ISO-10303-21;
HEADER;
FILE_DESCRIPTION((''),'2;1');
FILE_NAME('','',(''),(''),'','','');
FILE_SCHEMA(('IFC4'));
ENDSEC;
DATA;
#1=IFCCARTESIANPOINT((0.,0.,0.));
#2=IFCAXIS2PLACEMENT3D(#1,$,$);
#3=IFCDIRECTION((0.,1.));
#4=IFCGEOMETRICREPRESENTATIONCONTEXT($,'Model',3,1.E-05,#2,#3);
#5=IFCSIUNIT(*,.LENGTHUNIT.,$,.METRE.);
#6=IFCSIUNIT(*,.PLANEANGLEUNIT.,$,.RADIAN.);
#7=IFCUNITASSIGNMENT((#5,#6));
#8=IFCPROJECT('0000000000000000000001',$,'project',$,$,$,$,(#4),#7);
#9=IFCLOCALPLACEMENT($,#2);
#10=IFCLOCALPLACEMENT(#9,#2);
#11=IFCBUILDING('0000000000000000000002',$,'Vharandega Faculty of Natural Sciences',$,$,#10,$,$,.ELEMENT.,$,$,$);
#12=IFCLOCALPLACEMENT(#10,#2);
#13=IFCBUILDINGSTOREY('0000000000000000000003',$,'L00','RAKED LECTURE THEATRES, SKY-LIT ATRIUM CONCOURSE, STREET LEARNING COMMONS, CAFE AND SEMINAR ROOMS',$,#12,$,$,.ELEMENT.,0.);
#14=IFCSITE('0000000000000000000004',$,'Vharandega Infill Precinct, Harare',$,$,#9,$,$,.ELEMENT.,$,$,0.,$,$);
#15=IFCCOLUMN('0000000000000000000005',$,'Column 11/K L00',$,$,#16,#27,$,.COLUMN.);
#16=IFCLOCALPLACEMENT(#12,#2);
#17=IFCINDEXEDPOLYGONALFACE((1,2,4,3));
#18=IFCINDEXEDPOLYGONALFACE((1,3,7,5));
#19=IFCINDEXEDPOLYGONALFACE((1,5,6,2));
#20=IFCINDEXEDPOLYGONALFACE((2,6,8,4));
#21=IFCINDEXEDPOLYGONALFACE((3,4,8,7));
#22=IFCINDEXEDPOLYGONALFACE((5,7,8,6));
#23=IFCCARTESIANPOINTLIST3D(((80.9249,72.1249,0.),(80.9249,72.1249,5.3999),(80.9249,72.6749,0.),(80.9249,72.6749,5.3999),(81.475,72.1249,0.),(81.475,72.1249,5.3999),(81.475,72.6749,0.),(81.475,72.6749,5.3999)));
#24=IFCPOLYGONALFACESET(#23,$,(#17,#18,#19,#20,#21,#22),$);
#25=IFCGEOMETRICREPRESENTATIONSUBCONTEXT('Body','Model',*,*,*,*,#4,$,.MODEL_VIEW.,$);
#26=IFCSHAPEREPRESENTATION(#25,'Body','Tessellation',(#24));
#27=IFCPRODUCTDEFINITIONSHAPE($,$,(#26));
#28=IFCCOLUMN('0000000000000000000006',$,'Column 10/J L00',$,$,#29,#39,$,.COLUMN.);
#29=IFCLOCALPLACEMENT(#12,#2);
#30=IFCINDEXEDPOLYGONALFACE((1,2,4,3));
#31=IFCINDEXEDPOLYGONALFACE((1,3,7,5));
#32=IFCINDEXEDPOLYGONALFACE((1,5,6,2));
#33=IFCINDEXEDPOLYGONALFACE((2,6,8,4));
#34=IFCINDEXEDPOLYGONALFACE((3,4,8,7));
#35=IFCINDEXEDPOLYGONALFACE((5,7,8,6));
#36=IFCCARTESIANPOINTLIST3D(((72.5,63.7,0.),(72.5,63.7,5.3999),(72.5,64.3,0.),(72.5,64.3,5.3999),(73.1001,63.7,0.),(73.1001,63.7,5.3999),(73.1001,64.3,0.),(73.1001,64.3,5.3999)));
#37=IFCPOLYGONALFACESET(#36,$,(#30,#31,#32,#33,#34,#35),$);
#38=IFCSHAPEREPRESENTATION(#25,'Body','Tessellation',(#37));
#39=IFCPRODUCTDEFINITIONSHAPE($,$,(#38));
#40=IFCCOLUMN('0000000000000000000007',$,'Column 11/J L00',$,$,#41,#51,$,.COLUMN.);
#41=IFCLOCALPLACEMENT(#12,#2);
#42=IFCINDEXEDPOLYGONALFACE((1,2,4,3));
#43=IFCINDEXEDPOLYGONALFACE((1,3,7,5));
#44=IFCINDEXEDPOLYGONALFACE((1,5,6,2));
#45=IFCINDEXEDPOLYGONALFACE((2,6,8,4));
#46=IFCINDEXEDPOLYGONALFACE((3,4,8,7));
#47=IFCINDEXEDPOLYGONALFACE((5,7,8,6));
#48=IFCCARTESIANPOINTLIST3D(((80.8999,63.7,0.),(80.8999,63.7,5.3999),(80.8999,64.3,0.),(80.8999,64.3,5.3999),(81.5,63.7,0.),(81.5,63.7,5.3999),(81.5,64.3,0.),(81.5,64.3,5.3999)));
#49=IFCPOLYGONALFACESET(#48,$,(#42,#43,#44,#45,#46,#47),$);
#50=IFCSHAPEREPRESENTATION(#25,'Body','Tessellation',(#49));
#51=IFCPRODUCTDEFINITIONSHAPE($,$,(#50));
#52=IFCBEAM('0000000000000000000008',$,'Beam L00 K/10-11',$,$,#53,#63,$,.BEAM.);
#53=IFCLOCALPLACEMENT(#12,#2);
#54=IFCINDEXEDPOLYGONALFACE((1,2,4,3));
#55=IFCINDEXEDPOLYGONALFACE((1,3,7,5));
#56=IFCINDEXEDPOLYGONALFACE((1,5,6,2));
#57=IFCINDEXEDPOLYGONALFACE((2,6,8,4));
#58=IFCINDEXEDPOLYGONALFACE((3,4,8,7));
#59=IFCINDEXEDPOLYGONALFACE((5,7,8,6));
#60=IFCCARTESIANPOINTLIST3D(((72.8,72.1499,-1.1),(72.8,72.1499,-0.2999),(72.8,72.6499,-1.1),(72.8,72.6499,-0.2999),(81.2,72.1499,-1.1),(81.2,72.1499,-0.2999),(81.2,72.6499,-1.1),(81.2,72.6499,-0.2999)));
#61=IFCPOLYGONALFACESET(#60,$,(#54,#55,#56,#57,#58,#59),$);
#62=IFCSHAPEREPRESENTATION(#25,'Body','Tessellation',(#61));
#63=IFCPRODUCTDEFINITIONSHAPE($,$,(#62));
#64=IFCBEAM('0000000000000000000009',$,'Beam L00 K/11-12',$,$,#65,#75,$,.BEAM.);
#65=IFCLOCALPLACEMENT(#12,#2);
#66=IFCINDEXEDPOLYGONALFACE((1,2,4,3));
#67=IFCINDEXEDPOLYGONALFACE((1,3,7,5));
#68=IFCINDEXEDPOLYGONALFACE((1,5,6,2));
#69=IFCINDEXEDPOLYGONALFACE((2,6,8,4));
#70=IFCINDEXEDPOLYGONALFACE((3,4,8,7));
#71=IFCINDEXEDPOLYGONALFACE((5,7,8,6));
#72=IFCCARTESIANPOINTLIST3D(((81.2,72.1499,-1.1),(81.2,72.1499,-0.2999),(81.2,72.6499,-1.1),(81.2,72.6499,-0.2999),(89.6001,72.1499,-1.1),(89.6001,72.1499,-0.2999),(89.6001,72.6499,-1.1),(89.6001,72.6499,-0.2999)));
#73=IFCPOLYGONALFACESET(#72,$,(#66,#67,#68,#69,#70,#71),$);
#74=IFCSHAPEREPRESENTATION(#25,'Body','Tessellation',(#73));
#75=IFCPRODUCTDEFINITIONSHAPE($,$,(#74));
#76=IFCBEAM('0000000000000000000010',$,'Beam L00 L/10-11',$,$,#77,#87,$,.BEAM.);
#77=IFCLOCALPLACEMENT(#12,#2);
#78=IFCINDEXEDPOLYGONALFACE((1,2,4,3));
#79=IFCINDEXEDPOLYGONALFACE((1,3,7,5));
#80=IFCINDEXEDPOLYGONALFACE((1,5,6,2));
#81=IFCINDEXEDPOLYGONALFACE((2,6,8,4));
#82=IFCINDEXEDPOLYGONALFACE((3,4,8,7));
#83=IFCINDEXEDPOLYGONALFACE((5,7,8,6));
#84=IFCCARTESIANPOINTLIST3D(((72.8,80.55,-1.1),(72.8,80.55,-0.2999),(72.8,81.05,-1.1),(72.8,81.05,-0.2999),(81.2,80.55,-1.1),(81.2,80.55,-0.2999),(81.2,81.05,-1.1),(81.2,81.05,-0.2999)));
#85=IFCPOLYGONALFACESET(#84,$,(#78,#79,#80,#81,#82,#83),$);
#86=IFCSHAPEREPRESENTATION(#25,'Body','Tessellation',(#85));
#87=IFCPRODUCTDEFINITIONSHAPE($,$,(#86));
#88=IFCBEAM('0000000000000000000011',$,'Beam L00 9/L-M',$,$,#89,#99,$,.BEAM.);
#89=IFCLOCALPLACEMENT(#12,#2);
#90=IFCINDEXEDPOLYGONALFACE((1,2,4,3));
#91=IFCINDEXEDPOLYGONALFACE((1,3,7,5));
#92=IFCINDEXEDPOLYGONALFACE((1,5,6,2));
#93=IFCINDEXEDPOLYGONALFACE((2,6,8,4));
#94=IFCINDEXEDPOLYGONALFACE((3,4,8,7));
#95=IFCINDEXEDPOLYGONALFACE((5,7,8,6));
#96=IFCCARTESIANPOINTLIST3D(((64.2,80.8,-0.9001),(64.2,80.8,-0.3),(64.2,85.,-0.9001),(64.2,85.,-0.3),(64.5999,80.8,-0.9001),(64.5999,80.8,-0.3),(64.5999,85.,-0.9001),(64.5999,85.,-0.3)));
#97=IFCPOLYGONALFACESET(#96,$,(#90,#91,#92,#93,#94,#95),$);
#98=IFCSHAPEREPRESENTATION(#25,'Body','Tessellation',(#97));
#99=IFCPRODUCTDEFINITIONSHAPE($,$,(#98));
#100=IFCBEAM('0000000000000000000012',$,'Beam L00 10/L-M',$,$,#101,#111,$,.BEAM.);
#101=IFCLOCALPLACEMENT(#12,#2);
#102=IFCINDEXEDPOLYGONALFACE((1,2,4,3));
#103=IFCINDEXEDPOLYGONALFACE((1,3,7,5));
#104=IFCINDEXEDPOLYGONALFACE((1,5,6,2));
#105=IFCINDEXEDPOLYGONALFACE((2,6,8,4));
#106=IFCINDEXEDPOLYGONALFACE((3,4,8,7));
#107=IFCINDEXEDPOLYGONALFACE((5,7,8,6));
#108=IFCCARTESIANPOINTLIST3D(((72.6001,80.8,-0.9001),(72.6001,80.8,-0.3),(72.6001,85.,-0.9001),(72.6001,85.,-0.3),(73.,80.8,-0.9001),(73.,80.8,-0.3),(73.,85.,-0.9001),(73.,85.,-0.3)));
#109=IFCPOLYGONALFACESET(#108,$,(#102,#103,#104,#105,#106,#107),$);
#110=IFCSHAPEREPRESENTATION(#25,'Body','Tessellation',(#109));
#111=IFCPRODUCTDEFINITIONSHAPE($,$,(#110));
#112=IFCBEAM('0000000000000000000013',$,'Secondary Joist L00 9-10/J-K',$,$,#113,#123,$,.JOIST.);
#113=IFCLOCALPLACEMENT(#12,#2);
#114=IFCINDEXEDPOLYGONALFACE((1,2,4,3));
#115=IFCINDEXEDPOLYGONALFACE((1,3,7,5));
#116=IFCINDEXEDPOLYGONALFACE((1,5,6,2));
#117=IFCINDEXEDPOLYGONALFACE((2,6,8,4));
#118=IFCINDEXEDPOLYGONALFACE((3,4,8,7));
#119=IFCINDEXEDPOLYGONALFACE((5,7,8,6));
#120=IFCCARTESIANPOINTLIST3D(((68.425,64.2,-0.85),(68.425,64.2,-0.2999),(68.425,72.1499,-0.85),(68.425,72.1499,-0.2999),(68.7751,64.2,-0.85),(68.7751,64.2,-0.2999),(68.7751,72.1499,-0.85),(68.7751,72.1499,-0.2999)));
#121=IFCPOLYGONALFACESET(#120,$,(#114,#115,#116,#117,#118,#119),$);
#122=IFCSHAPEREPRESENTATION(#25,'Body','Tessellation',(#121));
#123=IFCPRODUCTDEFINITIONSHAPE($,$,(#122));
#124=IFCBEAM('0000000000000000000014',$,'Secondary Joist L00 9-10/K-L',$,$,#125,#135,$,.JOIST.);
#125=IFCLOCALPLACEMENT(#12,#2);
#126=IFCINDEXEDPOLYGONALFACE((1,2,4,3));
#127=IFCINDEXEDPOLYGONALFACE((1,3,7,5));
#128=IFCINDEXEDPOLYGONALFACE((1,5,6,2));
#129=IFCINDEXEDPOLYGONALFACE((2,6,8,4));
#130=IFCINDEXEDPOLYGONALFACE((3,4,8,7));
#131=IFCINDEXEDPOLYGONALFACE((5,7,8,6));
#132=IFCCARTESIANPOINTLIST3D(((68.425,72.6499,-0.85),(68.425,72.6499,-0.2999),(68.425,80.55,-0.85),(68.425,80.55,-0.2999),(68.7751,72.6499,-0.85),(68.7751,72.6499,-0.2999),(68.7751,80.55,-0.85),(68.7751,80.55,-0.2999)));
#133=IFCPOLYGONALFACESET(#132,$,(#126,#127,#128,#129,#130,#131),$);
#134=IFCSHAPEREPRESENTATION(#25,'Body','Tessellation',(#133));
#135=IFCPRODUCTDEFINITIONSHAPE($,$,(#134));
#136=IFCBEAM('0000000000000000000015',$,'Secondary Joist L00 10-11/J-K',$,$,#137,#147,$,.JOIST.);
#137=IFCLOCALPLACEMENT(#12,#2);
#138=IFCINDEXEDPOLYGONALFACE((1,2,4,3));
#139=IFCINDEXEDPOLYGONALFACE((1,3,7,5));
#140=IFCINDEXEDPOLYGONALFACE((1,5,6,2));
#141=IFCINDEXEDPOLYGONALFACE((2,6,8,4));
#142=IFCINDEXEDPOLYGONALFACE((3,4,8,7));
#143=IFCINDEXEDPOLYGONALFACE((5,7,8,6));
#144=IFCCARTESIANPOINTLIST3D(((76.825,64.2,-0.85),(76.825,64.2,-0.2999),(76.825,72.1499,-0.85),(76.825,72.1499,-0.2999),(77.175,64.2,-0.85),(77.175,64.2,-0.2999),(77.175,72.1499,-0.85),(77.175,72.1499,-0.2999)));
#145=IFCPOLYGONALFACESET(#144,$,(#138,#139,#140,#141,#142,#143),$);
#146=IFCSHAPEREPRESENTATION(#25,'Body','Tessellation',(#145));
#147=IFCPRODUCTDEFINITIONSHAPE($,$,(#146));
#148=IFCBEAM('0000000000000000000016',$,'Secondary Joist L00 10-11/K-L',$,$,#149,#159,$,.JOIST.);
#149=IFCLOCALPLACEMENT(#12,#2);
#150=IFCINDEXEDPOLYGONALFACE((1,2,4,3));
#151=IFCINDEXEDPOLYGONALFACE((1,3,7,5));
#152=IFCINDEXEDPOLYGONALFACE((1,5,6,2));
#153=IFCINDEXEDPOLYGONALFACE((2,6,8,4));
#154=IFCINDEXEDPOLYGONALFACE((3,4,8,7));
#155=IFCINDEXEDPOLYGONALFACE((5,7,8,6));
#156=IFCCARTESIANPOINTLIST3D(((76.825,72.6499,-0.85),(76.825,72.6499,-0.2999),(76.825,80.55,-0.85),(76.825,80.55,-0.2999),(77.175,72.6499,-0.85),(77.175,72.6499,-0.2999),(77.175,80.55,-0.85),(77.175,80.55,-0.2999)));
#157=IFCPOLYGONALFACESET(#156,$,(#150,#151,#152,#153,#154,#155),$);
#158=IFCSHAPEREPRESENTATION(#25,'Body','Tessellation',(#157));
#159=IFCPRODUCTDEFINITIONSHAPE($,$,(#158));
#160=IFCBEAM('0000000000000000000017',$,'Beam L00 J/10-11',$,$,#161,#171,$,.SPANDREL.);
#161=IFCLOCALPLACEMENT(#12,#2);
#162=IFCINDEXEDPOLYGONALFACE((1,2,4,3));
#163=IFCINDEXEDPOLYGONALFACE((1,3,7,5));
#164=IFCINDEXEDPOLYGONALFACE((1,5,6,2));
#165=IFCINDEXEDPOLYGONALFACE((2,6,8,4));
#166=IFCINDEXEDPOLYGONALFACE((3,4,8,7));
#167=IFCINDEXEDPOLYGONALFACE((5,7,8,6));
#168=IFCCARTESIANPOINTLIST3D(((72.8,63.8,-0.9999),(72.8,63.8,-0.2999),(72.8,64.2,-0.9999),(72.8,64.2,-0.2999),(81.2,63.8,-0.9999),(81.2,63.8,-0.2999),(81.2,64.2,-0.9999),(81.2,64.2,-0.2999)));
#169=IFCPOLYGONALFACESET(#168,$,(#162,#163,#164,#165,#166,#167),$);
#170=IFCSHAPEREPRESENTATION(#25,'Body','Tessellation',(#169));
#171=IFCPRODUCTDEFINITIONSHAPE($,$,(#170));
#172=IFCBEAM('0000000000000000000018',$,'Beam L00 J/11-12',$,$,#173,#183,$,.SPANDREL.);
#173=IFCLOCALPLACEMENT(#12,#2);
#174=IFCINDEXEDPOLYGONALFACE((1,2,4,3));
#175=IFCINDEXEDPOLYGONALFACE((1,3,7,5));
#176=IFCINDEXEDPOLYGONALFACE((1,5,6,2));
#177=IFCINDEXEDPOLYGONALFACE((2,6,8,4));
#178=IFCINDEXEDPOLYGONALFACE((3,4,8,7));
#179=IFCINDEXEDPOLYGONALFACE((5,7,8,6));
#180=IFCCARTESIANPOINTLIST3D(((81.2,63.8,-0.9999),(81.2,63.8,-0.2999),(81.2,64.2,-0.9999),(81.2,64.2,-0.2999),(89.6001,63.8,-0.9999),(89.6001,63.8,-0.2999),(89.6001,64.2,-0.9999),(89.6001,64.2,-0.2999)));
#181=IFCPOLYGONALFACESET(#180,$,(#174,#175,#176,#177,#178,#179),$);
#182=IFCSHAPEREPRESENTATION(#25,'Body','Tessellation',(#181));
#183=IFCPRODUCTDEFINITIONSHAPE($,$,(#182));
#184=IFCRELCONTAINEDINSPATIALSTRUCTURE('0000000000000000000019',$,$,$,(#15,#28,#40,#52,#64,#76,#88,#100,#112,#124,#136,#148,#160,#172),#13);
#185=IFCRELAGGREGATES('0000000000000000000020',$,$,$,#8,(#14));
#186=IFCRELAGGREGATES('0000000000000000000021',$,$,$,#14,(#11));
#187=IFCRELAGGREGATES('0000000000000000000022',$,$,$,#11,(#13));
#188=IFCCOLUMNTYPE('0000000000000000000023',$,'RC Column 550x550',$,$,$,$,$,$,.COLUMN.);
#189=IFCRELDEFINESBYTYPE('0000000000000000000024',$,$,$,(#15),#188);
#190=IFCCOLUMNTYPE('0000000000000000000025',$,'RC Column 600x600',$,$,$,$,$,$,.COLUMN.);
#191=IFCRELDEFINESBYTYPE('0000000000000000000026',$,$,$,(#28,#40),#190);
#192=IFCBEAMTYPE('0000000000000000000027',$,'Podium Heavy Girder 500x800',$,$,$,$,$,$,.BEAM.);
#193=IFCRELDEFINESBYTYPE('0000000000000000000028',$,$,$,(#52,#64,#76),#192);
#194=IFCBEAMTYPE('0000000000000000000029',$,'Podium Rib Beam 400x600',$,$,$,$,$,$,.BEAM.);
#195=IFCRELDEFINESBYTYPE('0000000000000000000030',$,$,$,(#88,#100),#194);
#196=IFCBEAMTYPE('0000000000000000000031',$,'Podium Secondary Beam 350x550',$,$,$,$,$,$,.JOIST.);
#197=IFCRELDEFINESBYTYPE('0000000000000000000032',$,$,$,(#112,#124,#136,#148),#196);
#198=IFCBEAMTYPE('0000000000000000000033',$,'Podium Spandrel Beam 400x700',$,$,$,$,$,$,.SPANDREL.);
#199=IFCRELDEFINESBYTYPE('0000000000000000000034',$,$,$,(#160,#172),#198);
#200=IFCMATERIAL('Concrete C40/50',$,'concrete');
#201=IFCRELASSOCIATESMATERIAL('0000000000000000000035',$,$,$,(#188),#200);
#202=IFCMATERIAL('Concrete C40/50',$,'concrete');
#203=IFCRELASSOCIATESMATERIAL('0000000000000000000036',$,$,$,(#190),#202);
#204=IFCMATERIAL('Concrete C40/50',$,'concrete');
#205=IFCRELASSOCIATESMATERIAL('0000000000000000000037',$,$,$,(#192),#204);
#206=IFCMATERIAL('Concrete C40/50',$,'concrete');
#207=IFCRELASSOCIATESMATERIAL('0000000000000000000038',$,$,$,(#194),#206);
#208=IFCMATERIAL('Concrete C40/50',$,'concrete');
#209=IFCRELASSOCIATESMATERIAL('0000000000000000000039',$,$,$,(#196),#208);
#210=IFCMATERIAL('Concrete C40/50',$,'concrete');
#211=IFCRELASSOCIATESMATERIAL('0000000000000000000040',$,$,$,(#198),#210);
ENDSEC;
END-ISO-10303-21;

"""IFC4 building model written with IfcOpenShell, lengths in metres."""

from ifc_helpers import new_model, si_unit, direction, frame, origin, origin_2d, place, context, subcontext, project, spatial, rectangle, extrude, material, material_profile, profile_set, type_object, element, save


model = new_model("IFC4")

# Units and contexts
model_context = context("Model", 3, precision=1e-05, world=origin(), true_north=direction((0.0, 1.0)))
body_context = subcontext(model_context, "Body", "Model", "MODEL_VIEW")
ifc_project = project(units=[si_unit("LENGTHUNIT", "METRE"), si_unit("PLANEANGLEUNIT", "RADIAN")], contexts=[model_context])

# Site, building, storey
site_placement = place(None, origin())
site = spatial("IfcSite", under=ifc_project, at=site_placement, Name="Vharandega Infill Precinct, Harare", CompositionType="ELEMENT", RefElevation=0.0)
building_placement = place(site_placement, origin())
building = spatial("IfcBuilding", under=site, at=building_placement, Name="Vharandega Faculty of Natural Sciences", CompositionType="ELEMENT")
storey_placement = place(building_placement, origin())
storey = spatial("IfcBuildingStorey", under=building, at=storey_placement, Name="L00", Description="RAKED LECTURE THEATRES, SKY-LIT ATRIUM CONCOURSE, STREET LEARNING COMMONS, CAFE AND SEMINAR ROOMS", CompositionType="ELEMENT", Elevation=0.0)

# Columns
ifc_material_1 = material(Name="Concrete C40/50", Category="concrete")
ifc_material_profile_1 = material_profile(ifc_material_1, rectangle(XDim=0.55, YDim=0.55, at=origin_2d()), Name="RC 550x550")
ifc_profile_set_1 = profile_set([ifc_material_profile_1], Name="Concrete C40/50")
column_type_1 = type_object("IfcColumnType", Name="RC Column 550x550", PredefinedType="COLUMN", material=ifc_profile_set_1)
column_placement = place(storey_placement, frame((81.2, 72.3999, 0.0), z_axis=(0.0, 0.0, 1.0), x_axis=(1.0, 0.0, 0.0)))
element("IfcColumn", 1, at=column_placement, inside=storey, type_object=column_type_1, Name="Column 11/K L00", PredefinedType="COLUMN", context=body_context, shape_type="SweptSolid", body=[
    extrude(rectangle(XDim=0.55, YDim=0.55, at=origin_2d()), origin(), (0.0, 0.0, 1.0), 5.3999),
])
ifc_material_2 = material(Name="Concrete C40/50", Category="concrete")
ifc_material_profile_2 = material_profile(ifc_material_2, rectangle(XDim=0.6001, YDim=0.6001, at=origin_2d()), Name="RC 600x600")
ifc_profile_set_2 = profile_set([ifc_material_profile_2], Name="Concrete C40/50")
column_type_2 = type_object("IfcColumnType", Name="RC Column 600x600", PredefinedType="COLUMN", material=ifc_profile_set_2)
for number, where, z_axis, x_axis, name in (
    (2, (72.8, 64.0, 0.0), (0.0, 0.0, 1.0), (1.0, 0.0, 0.0), "Column 10/J L00"),
    (3, (81.2, 64.0, 0.0), (0.0, 0.0, 1.0), (1.0, 0.0, 0.0), "Column 11/J L00"),
):
    element("IfcColumn", number, at=place(storey_placement, frame(where, z_axis=z_axis, x_axis=x_axis)), inside=storey, type_object=column_type_2, Name=name, PredefinedType="COLUMN", context=body_context, shape_type="SweptSolid", body=[
        extrude(rectangle(XDim=0.6001, YDim=0.6001, at=origin_2d()), origin(), (0.0, 0.0, 1.0), 5.3999),
    ])

# Beams
ifc_material_3 = material(Name="Concrete C40/50", Category="concrete")
ifc_material_profile_3 = material_profile(ifc_material_3, rectangle(XDim=0.5, YDim=0.8, at=origin_2d()), Name="RC 500x800")
ifc_profile_set_3 = profile_set([ifc_material_profile_3], Name="Concrete C40/50")
beam_type_1 = type_object("IfcBeamType", Name="Podium Heavy Girder 500x800", PredefinedType="BEAM", material=ifc_profile_set_3)
beam_1_placement = place(storey_placement, frame((72.8, 72.3999, -0.7), z_axis=(1.0, 0.0, 0.0), x_axis=(0.0, 1.0, 0.0)))
element("IfcBeam", 4, at=beam_1_placement, inside=storey, type_object=beam_type_1, Name="Beam L00 K/10-11", PredefinedType="BEAM", context=body_context, shape_type="SweptSolid", body=[
    extrude(rectangle(XDim=0.5, YDim=0.8, at=origin_2d()), origin(), (0.0, 0.0, 1.0), 8.3999),
])
beam_2_placement = place(storey_placement, frame((81.2, 72.3999, -0.7), z_axis=(1.0, 0.0, 0.0), x_axis=(0.0, 1.0, 0.0)))
element("IfcBeam", 5, at=beam_2_placement, inside=storey, type_object=beam_type_1, Name="Beam L00 K/11-12", PredefinedType="BEAM", context=body_context, shape_type="SweptSolid", body=[
    extrude(rectangle(XDim=0.5, YDim=0.8, at=origin_2d()), origin(), (0.0, 0.0, 1.0), 8.4001),
])
beam_3_placement = place(storey_placement, frame((72.8, 80.8, -0.7), z_axis=(1.0, 0.0, 0.0), x_axis=(0.0, 1.0, 0.0)))
element("IfcBeam", 6, at=beam_3_placement, inside=storey, type_object=beam_type_1, Name="Beam L00 L/10-11", PredefinedType="BEAM", context=body_context, shape_type="SweptSolid", body=[
    extrude(rectangle(XDim=0.5, YDim=0.8, at=origin_2d()), origin(), (0.0, 0.0, 1.0), 8.3999),
])
ifc_material_4 = material(Name="Concrete C40/50", Category="concrete")
ifc_material_profile_4 = material_profile(ifc_material_4, rectangle(XDim=0.3999, YDim=0.6001, at=origin_2d()), Name="RC 400x600")
ifc_profile_set_4 = profile_set([ifc_material_profile_4], Name="Concrete C40/50")
beam_type_2 = type_object("IfcBeamType", Name="Podium Rib Beam 400x600", PredefinedType="BEAM", material=ifc_profile_set_4)
for number, where, z_axis, x_axis, name in (
    (7, (64.3999, 80.8, -0.6001), (0.0, 1.0, 0.0), (-1.0, 0.0, 0.0), "Beam L00 9/L-M"),
    (8, (72.8, 80.8, -0.6001), (0.0, 1.0, 0.0), (-1.0, 0.0, 0.0), "Beam L00 10/L-M"),
):
    element("IfcBeam", number, at=place(storey_placement, frame(where, z_axis=z_axis, x_axis=x_axis)), inside=storey, type_object=beam_type_2, Name=name, PredefinedType="BEAM", context=body_context, shape_type="SweptSolid", body=[
        extrude(rectangle(XDim=0.3999, YDim=0.6001, at=origin_2d()), origin(), (0.0, 0.0, 1.0), 4.2),
    ])
ifc_material_5 = material(Name="Concrete C40/50", Category="concrete")
ifc_material_profile_5 = material_profile(ifc_material_5, rectangle(XDim=0.3501, YDim=0.55, at=origin_2d()), Name="RC 350x550")
ifc_profile_set_5 = profile_set([ifc_material_profile_5], Name="Concrete C40/50")
beam_type_3 = type_object("IfcBeamType", Name="Podium Secondary Beam 350x550", PredefinedType="JOIST", material=ifc_profile_set_5)
beam_4_placement = place(storey_placement, frame((68.6001, 64.2, -0.575), z_axis=(0.0, 1.0, 0.0), x_axis=(-1.0, 0.0, 0.0)))
element("IfcBeam", 9, at=beam_4_placement, inside=storey, type_object=beam_type_3, Name="Secondary Joist L00 9-10/J-K", PredefinedType="JOIST", context=body_context, shape_type="SweptSolid", body=[
    extrude(rectangle(XDim=0.3501, YDim=0.55, at=origin_2d()), origin(), (0.0, 0.0, 1.0), 7.95),
])
beam_5_placement = place(storey_placement, frame((68.6001, 72.6499, -0.575), z_axis=(0.0, 1.0, 0.0), x_axis=(-1.0, 0.0, 0.0)))
element("IfcBeam", 10, at=beam_5_placement, inside=storey, type_object=beam_type_3, Name="Secondary Joist L00 9-10/K-L", PredefinedType="JOIST", context=body_context, shape_type="SweptSolid", body=[
    extrude(rectangle(XDim=0.3501, YDim=0.55, at=origin_2d()), origin(), (0.0, 0.0, 1.0), 7.9001),
])
beam_6_placement = place(storey_placement, frame((77.0, 64.2, -0.575), z_axis=(0.0, 1.0, 0.0), x_axis=(-1.0, 0.0, 0.0)))
element("IfcBeam", 11, at=beam_6_placement, inside=storey, type_object=beam_type_3, Name="Secondary Joist L00 10-11/J-K", PredefinedType="JOIST", context=body_context, shape_type="SweptSolid", body=[
    extrude(rectangle(XDim=0.3501, YDim=0.55, at=origin_2d()), origin(), (0.0, 0.0, 1.0), 7.95),
])
beam_7_placement = place(storey_placement, frame((77.0, 72.6499, -0.575), z_axis=(0.0, 1.0, 0.0), x_axis=(-1.0, 0.0, 0.0)))
element("IfcBeam", 12, at=beam_7_placement, inside=storey, type_object=beam_type_3, Name="Secondary Joist L00 10-11/K-L", PredefinedType="JOIST", context=body_context, shape_type="SweptSolid", body=[
    extrude(rectangle(XDim=0.3501, YDim=0.55, at=origin_2d()), origin(), (0.0, 0.0, 1.0), 7.9001),
])
ifc_material_6 = material(Name="Concrete C40/50", Category="concrete")
ifc_material_profile_6 = material_profile(ifc_material_6, rectangle(XDim=0.3999, YDim=0.7, at=origin_2d()), Name="RC 400x700")
ifc_profile_set_6 = profile_set([ifc_material_profile_6], Name="Concrete C40/50")
beam_type_4 = type_object("IfcBeamType", Name="Podium Spandrel Beam 400x700", PredefinedType="SPANDREL", material=ifc_profile_set_6)
beam_8_placement = place(storey_placement, frame((72.8, 64.0, -0.6499), z_axis=(1.0, 0.0, 0.0), x_axis=(0.0, 1.0, 0.0)))
element("IfcBeam", 13, at=beam_8_placement, inside=storey, type_object=beam_type_4, Name="Beam L00 J/10-11", PredefinedType="SPANDREL", context=body_context, shape_type="SweptSolid", body=[
    extrude(rectangle(XDim=0.3999, YDim=0.7, at=origin_2d()), origin(), (0.0, 0.0, 1.0), 8.3999),
])
beam_9_placement = place(storey_placement, frame((81.2, 64.0, -0.6499), z_axis=(1.0, 0.0, 0.0), x_axis=(0.0, 1.0, 0.0)))
element("IfcBeam", 14, at=beam_9_placement, inside=storey, type_object=beam_type_4, Name="Beam L00 J/11-12", PredefinedType="SPANDREL", context=body_context, shape_type="SweptSolid", body=[
    extrude(rectangle(XDim=0.3999, YDim=0.7, at=origin_2d()), origin(), (0.0, 0.0, 1.0), 8.4001),
])

save(model, "model.ifc")
